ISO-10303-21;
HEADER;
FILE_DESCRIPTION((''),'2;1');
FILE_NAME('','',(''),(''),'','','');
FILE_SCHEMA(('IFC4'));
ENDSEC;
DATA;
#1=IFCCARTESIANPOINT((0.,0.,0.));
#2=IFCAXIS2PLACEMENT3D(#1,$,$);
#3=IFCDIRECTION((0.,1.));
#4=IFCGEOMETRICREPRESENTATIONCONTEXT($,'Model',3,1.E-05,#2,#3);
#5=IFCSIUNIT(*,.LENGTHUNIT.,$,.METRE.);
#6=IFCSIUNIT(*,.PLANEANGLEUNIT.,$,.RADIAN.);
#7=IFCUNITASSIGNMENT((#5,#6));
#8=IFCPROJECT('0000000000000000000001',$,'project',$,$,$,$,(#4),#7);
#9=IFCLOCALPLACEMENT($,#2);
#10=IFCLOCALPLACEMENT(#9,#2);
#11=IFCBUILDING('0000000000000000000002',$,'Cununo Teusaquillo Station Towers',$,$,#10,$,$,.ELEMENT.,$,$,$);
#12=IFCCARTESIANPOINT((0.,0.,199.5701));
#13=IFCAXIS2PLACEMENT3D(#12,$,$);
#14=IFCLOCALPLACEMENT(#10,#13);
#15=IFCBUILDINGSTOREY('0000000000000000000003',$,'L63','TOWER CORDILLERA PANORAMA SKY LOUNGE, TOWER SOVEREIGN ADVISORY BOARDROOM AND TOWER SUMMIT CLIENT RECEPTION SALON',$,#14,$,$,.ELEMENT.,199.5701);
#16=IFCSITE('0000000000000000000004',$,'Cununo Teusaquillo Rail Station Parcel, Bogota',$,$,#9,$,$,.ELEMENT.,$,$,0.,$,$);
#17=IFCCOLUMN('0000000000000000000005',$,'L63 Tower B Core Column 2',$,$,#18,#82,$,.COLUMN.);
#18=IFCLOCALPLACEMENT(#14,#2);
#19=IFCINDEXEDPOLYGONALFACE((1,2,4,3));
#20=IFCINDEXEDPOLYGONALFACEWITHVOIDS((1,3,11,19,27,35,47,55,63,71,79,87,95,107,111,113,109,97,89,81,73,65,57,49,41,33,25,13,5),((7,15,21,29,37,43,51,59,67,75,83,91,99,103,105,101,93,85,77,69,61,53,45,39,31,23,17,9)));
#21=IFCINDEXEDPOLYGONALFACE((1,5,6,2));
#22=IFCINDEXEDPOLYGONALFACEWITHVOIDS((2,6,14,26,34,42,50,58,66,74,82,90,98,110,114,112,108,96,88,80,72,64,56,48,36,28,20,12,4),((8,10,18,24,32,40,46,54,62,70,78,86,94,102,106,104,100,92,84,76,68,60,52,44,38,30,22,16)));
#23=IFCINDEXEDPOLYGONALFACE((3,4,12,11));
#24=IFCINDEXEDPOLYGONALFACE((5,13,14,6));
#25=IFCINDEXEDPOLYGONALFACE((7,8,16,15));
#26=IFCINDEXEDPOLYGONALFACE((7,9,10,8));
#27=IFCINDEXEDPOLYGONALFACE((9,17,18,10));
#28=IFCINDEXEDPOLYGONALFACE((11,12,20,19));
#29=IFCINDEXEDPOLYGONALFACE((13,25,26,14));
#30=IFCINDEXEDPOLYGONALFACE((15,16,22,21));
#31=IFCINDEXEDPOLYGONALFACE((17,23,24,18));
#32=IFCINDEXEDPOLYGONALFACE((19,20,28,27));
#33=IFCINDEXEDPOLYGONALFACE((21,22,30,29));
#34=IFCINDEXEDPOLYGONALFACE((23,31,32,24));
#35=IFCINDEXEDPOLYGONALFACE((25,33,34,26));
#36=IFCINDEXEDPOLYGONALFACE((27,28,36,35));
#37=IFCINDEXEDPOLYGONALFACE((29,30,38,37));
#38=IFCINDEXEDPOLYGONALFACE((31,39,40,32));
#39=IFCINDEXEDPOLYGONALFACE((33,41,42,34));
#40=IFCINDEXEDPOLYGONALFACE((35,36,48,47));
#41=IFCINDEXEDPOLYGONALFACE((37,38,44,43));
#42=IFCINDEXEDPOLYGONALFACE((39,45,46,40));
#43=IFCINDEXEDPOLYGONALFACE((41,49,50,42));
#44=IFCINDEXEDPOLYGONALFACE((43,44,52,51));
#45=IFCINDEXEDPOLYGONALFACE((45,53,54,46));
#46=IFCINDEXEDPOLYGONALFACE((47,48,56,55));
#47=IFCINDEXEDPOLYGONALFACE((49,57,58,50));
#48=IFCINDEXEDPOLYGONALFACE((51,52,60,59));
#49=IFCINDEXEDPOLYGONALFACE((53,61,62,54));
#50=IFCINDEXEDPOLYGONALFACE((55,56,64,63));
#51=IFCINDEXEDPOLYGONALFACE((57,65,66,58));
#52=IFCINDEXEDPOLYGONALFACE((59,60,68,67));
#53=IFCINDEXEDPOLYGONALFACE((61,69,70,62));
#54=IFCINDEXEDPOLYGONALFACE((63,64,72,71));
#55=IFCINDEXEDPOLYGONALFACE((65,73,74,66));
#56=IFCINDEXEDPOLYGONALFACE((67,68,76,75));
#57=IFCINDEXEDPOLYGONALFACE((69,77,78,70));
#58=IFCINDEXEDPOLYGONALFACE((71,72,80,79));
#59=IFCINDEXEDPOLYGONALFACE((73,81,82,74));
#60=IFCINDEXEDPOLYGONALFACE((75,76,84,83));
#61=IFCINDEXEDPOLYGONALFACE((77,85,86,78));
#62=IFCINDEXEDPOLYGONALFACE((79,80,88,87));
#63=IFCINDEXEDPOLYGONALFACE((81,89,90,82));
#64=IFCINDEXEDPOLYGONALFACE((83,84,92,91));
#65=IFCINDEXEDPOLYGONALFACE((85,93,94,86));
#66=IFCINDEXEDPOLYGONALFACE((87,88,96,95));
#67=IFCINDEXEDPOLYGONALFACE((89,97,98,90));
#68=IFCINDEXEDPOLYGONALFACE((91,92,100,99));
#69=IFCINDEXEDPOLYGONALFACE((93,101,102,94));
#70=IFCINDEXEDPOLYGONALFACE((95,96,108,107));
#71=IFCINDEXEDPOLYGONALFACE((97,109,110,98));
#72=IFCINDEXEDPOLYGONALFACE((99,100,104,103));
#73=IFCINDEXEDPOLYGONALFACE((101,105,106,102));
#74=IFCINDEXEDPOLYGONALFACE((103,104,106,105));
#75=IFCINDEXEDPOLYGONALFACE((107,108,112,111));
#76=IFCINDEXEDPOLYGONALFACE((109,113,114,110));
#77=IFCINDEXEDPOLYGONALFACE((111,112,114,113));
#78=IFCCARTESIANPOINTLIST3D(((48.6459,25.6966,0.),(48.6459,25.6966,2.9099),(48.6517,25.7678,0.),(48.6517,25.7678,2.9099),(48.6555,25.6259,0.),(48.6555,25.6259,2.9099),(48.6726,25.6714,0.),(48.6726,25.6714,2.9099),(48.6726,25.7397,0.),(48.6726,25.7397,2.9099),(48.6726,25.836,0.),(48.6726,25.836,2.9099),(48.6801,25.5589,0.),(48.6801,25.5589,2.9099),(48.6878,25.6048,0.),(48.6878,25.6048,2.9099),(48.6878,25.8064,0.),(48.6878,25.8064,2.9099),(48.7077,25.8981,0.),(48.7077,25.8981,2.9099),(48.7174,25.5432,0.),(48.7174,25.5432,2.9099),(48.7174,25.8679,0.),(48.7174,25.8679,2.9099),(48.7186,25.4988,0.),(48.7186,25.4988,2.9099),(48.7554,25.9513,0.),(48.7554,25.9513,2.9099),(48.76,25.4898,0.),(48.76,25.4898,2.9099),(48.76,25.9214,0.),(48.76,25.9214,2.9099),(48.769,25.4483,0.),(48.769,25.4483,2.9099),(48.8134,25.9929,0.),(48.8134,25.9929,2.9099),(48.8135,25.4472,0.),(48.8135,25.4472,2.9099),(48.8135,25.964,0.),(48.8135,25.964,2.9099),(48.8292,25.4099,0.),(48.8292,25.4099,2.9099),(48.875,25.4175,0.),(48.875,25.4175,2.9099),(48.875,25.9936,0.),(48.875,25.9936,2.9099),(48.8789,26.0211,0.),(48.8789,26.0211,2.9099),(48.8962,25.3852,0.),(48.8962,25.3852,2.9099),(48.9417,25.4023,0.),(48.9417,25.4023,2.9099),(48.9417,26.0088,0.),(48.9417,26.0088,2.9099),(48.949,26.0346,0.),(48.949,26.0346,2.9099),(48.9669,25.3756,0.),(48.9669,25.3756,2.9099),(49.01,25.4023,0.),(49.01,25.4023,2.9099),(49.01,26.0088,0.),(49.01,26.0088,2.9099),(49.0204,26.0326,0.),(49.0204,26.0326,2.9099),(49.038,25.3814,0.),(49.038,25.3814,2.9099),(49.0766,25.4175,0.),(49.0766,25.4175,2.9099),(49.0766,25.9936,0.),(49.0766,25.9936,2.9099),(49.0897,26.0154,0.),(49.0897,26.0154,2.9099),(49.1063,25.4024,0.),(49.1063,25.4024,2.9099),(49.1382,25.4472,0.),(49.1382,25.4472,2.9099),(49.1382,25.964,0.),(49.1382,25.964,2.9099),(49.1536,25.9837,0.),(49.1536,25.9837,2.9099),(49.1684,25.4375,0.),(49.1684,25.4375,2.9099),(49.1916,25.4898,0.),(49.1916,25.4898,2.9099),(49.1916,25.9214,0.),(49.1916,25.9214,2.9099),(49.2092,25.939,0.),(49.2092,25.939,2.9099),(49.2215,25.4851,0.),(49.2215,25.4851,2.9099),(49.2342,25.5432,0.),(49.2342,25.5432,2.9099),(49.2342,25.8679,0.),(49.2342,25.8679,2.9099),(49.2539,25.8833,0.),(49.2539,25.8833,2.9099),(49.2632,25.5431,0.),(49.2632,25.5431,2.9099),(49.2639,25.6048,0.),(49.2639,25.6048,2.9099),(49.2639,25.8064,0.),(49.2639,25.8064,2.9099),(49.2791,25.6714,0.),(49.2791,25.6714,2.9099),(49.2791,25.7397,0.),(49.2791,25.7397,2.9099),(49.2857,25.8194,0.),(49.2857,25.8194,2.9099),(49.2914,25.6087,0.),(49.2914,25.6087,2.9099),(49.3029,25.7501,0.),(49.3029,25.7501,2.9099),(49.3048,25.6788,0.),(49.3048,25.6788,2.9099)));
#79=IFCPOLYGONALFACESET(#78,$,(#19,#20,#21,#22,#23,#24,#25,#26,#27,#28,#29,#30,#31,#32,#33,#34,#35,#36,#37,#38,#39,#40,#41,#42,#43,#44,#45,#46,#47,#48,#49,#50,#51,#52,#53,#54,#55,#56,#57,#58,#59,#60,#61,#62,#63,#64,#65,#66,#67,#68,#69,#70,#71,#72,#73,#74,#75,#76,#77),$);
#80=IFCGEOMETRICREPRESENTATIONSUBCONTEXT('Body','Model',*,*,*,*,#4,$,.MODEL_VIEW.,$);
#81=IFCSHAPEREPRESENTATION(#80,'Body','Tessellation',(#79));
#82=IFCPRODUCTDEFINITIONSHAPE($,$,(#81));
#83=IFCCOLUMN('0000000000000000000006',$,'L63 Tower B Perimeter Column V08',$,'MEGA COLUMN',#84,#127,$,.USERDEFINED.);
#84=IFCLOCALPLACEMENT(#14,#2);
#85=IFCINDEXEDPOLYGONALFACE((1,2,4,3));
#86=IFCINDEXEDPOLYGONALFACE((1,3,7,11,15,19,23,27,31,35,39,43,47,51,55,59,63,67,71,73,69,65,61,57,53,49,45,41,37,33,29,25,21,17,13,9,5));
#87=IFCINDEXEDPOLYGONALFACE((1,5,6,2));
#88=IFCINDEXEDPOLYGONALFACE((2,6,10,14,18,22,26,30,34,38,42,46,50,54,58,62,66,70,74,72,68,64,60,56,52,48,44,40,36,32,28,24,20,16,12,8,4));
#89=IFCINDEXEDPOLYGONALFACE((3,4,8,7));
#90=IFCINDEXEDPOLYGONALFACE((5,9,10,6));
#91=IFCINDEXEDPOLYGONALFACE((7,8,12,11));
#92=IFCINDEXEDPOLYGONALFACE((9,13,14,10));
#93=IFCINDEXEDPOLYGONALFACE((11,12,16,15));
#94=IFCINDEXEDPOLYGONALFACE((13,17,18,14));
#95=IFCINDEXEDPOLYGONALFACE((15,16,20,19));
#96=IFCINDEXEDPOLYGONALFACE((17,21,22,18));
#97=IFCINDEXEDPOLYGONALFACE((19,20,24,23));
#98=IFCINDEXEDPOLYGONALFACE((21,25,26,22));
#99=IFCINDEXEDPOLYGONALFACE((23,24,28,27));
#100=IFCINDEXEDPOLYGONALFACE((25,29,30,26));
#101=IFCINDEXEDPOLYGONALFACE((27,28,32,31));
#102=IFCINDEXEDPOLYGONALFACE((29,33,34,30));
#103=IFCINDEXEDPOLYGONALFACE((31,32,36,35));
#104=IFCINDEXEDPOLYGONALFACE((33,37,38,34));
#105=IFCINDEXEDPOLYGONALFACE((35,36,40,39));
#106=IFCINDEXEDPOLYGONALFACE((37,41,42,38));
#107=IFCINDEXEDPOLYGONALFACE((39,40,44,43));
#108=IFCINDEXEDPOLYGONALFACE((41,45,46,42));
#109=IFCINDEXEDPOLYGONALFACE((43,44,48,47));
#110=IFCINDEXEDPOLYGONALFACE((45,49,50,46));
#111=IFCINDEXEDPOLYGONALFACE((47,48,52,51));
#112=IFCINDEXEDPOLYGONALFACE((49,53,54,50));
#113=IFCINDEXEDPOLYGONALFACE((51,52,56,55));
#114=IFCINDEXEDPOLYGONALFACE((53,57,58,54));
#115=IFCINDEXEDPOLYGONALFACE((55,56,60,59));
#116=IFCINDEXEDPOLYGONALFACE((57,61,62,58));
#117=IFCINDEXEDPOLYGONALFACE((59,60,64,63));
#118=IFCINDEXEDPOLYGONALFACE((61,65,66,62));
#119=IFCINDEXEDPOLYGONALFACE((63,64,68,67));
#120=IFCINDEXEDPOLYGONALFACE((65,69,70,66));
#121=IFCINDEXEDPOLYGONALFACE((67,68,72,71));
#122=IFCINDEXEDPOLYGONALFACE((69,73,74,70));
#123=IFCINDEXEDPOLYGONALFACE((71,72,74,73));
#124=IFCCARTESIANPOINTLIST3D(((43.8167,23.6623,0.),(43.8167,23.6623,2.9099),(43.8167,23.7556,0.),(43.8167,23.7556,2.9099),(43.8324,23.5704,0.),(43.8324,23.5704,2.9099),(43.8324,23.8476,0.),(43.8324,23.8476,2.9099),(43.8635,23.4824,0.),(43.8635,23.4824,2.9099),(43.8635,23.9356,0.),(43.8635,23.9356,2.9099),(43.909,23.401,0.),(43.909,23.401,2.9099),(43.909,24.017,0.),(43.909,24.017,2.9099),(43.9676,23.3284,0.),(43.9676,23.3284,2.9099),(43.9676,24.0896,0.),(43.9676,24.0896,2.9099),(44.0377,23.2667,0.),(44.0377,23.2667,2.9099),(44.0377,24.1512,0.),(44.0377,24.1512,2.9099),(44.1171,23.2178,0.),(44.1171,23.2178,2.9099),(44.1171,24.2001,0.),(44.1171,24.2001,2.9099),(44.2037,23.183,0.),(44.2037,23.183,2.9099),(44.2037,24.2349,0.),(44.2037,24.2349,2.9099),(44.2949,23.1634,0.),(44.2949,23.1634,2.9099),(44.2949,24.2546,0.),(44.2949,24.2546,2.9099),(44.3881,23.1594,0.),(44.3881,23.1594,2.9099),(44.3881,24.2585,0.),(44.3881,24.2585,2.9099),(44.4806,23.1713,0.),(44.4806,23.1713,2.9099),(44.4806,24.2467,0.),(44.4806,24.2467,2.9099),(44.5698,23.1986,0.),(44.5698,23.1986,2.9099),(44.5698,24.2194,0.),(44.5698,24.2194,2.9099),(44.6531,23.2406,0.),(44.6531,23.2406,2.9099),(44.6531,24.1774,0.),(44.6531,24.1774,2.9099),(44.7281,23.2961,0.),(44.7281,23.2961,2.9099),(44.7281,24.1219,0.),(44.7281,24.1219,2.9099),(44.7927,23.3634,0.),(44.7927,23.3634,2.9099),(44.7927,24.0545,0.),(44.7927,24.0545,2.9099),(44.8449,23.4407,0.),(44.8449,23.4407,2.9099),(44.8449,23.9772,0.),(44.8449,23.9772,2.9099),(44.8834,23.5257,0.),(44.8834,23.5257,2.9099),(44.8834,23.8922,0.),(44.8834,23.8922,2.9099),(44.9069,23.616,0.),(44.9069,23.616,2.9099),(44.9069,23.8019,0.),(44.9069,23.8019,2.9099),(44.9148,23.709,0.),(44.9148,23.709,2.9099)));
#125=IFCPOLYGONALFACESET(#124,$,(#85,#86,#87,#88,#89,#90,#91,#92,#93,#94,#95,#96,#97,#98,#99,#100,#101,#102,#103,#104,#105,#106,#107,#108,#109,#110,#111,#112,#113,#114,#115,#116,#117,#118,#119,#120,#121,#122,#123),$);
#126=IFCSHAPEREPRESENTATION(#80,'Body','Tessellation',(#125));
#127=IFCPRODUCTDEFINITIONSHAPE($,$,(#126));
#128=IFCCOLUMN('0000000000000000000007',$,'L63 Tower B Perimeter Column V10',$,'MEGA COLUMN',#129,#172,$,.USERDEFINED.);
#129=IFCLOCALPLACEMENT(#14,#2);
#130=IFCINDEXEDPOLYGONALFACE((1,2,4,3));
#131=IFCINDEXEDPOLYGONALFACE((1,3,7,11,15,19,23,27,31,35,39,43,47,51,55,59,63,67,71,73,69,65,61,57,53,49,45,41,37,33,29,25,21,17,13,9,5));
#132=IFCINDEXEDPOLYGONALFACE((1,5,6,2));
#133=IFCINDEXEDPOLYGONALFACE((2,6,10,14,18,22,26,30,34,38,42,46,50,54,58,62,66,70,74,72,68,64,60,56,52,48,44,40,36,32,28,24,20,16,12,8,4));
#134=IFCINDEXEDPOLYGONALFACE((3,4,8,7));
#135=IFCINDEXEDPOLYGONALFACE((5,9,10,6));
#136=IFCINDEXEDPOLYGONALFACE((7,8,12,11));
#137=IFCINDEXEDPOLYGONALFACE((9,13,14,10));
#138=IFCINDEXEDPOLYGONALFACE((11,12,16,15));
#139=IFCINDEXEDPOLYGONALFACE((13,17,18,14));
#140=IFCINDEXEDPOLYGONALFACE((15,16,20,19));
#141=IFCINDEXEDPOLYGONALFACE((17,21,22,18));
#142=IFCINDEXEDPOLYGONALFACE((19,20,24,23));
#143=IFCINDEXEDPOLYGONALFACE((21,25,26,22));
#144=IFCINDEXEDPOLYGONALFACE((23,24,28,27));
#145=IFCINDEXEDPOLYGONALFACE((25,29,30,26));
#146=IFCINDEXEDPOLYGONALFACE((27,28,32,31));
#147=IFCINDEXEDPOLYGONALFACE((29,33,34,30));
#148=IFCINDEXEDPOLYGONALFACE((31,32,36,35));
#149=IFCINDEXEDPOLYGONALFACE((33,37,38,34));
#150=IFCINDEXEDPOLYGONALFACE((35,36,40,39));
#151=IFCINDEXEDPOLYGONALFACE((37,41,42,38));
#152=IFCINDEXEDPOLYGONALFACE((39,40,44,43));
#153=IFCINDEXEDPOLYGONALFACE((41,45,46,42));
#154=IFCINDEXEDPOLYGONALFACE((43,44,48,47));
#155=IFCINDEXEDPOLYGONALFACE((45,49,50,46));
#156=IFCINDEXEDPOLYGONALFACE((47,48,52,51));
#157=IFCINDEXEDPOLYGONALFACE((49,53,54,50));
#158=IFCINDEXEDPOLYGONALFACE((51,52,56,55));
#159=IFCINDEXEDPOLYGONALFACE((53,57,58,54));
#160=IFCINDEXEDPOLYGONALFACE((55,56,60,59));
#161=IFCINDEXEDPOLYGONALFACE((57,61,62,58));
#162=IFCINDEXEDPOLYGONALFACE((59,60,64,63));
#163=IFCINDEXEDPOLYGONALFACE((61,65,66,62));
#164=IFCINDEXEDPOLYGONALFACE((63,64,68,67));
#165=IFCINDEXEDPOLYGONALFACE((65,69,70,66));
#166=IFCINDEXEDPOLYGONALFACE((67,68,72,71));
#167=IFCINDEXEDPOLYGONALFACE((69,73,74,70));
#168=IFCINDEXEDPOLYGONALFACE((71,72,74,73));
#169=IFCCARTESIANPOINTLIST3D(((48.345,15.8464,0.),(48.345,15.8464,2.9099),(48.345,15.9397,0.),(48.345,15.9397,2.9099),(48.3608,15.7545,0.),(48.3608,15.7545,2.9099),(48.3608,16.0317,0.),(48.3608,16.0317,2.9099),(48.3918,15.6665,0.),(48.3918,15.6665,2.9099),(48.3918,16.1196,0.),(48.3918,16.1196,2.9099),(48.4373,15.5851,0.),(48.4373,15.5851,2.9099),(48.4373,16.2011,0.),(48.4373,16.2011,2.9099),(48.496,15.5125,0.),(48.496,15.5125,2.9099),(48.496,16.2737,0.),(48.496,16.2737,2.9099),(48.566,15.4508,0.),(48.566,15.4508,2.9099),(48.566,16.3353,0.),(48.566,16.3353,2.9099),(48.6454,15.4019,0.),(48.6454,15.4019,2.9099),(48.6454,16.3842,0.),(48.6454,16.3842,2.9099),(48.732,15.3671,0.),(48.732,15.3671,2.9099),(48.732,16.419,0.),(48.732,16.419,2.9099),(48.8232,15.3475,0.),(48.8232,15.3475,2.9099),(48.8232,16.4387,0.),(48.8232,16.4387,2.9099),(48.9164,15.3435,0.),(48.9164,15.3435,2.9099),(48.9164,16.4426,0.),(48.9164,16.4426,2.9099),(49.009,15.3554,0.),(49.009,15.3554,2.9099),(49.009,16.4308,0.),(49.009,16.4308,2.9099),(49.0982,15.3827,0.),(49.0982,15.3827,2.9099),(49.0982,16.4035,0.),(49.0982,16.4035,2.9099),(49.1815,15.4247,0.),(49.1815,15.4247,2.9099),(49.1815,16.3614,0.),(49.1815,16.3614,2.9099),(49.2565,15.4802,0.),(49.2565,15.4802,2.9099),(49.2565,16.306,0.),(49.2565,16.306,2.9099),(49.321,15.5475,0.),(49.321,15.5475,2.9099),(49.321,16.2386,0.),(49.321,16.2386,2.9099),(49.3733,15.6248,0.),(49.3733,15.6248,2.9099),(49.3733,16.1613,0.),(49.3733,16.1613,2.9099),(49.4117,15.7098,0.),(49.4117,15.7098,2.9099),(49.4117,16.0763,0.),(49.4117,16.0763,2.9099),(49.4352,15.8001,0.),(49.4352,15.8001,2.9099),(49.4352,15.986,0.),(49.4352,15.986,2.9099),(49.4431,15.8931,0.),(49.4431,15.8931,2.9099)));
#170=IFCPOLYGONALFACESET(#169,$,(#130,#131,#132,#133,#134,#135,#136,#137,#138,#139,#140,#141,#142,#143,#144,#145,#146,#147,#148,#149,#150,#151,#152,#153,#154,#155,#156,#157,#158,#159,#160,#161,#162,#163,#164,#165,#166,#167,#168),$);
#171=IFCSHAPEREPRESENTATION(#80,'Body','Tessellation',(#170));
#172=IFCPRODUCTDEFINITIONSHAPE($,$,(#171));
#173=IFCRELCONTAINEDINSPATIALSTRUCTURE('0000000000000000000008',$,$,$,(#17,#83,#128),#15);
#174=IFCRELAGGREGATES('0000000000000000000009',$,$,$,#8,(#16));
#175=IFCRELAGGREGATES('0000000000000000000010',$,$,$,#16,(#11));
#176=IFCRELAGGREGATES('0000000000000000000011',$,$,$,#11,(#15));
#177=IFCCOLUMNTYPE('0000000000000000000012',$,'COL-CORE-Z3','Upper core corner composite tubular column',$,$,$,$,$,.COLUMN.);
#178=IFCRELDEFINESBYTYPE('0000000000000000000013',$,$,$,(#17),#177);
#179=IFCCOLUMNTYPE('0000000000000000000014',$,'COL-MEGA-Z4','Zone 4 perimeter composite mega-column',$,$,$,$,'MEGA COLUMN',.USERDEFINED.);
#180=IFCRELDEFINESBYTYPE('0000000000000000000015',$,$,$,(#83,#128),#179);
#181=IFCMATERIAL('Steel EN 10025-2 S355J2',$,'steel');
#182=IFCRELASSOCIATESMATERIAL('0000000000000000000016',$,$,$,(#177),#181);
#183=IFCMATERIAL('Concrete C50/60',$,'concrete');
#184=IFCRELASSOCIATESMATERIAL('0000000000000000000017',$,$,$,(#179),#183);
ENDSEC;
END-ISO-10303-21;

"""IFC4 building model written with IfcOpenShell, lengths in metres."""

from ifc_helpers import new_model, si_unit, direction, frame, origin, origin_2d, place, context, subcontext, project, spatial, circle, hollow_circle, extrude, material, material_profile, profile_set, type_object, element, save


model = new_model("IFC4")

# Units and contexts
model_context = context("Model", 3, precision=1e-05, world=origin(), true_north=direction((0.0, 1.0)))
body_context = subcontext(model_context, "Body", "Model", "MODEL_VIEW")
ifc_project = project(units=[si_unit("LENGTHUNIT", "METRE"), si_unit("PLANEANGLEUNIT", "RADIAN")], contexts=[model_context])

# Site, building, storey
site_placement = place(None, origin())
site = spatial("IfcSite", under=ifc_project, at=site_placement, Name="Cununo Teusaquillo Rail Station Parcel, Bogota", CompositionType="ELEMENT", RefElevation=0.0)
building_placement = place(site_placement, origin())
building = spatial("IfcBuilding", under=site, at=building_placement, Name="Cununo Teusaquillo Station Towers", CompositionType="ELEMENT")
storey_placement = place(building_placement, frame((0.0, 0.0, 199.5701)))
storey = spatial("IfcBuildingStorey", under=building, at=storey_placement, Name="L63", Description="TOWER CORDILLERA PANORAMA SKY LOUNGE, TOWER SOVEREIGN ADVISORY BOARDROOM AND TOWER SUMMIT CLIENT RECEPTION SALON", CompositionType="ELEMENT", Elevation=199.5701)

# Columns
ifc_material_1 = material(Name="Steel EN 10025-2 S355J2", Category="steel")
ifc_material_profile_1 = material_profile(ifc_material_1, hollow_circle(Radius=0.3301, WallThickness=0.0249, at=origin_2d()), Name="CHS 660x25")
ifc_profile_set_1 = profile_set([ifc_material_profile_1], Name="Steel EN 10025-2 S355J2")
column_type_1 = type_object("IfcColumnType", Name="COL-CORE-Z3", Description="Upper core corner composite tubular column", PredefinedType="COLUMN", material=ifc_profile_set_1)
column_placement = place(storey_placement, frame((48.9758, 25.7056, 0.0), z_axis=(0.0, 0.0, 1.0), x_axis=(0.707107, 0.707107, 0.0)))
element("IfcColumn", 1, at=column_placement, inside=storey, type_object=column_type_1, Name="L63 Tower B Core Column 2", PredefinedType="COLUMN", context=body_context, shape_type="SweptSolid", body=[
    extrude(hollow_circle(Radius=0.3301, WallThickness=0.0249, at=origin_2d()), origin(), (0.0, 0.0, 1.0), 2.9099),
])
ifc_material_2 = material(Name="Concrete C50/60", Category="concrete")
ifc_material_profile_2 = material_profile(ifc_material_2, circle(Radius=0.55, at=origin_2d()), Name="RC-CIRC-1100")
ifc_profile_set_2 = profile_set([ifc_material_profile_2], Name="Concrete C50/60")
column_type_2 = type_object("IfcColumnType", Name="COL-MEGA-Z4", Description="Zone 4 perimeter composite mega-column", ElementType="MEGA COLUMN", PredefinedType="USERDEFINED", material=ifc_profile_set_2)
for number, where, z_axis, x_axis, name in (
    (2, (44.3647, 23.709, 0.0), (0.0, 0.0, 1.0), (1.0, 0.0, 0.0), "L63 Tower B Perimeter Column V08"),
    (3, (48.8931, 15.8931, 0.0), (0.0, 0.0, 1.0), (1.0, 0.0, 0.0), "L63 Tower B Perimeter Column V10"),
):
    element("IfcColumn", number, at=place(storey_placement, frame(where, z_axis=z_axis, x_axis=x_axis)), inside=storey, type_object=column_type_2, Name=name, ObjectType="MEGA COLUMN", PredefinedType="USERDEFINED", context=body_context, shape_type="SweptSolid", body=[
        extrude(circle(Radius=0.55, at=origin_2d()), origin(), (0.0, 0.0, 1.0), 2.9099),
    ])

save(model, "model.ifc")
